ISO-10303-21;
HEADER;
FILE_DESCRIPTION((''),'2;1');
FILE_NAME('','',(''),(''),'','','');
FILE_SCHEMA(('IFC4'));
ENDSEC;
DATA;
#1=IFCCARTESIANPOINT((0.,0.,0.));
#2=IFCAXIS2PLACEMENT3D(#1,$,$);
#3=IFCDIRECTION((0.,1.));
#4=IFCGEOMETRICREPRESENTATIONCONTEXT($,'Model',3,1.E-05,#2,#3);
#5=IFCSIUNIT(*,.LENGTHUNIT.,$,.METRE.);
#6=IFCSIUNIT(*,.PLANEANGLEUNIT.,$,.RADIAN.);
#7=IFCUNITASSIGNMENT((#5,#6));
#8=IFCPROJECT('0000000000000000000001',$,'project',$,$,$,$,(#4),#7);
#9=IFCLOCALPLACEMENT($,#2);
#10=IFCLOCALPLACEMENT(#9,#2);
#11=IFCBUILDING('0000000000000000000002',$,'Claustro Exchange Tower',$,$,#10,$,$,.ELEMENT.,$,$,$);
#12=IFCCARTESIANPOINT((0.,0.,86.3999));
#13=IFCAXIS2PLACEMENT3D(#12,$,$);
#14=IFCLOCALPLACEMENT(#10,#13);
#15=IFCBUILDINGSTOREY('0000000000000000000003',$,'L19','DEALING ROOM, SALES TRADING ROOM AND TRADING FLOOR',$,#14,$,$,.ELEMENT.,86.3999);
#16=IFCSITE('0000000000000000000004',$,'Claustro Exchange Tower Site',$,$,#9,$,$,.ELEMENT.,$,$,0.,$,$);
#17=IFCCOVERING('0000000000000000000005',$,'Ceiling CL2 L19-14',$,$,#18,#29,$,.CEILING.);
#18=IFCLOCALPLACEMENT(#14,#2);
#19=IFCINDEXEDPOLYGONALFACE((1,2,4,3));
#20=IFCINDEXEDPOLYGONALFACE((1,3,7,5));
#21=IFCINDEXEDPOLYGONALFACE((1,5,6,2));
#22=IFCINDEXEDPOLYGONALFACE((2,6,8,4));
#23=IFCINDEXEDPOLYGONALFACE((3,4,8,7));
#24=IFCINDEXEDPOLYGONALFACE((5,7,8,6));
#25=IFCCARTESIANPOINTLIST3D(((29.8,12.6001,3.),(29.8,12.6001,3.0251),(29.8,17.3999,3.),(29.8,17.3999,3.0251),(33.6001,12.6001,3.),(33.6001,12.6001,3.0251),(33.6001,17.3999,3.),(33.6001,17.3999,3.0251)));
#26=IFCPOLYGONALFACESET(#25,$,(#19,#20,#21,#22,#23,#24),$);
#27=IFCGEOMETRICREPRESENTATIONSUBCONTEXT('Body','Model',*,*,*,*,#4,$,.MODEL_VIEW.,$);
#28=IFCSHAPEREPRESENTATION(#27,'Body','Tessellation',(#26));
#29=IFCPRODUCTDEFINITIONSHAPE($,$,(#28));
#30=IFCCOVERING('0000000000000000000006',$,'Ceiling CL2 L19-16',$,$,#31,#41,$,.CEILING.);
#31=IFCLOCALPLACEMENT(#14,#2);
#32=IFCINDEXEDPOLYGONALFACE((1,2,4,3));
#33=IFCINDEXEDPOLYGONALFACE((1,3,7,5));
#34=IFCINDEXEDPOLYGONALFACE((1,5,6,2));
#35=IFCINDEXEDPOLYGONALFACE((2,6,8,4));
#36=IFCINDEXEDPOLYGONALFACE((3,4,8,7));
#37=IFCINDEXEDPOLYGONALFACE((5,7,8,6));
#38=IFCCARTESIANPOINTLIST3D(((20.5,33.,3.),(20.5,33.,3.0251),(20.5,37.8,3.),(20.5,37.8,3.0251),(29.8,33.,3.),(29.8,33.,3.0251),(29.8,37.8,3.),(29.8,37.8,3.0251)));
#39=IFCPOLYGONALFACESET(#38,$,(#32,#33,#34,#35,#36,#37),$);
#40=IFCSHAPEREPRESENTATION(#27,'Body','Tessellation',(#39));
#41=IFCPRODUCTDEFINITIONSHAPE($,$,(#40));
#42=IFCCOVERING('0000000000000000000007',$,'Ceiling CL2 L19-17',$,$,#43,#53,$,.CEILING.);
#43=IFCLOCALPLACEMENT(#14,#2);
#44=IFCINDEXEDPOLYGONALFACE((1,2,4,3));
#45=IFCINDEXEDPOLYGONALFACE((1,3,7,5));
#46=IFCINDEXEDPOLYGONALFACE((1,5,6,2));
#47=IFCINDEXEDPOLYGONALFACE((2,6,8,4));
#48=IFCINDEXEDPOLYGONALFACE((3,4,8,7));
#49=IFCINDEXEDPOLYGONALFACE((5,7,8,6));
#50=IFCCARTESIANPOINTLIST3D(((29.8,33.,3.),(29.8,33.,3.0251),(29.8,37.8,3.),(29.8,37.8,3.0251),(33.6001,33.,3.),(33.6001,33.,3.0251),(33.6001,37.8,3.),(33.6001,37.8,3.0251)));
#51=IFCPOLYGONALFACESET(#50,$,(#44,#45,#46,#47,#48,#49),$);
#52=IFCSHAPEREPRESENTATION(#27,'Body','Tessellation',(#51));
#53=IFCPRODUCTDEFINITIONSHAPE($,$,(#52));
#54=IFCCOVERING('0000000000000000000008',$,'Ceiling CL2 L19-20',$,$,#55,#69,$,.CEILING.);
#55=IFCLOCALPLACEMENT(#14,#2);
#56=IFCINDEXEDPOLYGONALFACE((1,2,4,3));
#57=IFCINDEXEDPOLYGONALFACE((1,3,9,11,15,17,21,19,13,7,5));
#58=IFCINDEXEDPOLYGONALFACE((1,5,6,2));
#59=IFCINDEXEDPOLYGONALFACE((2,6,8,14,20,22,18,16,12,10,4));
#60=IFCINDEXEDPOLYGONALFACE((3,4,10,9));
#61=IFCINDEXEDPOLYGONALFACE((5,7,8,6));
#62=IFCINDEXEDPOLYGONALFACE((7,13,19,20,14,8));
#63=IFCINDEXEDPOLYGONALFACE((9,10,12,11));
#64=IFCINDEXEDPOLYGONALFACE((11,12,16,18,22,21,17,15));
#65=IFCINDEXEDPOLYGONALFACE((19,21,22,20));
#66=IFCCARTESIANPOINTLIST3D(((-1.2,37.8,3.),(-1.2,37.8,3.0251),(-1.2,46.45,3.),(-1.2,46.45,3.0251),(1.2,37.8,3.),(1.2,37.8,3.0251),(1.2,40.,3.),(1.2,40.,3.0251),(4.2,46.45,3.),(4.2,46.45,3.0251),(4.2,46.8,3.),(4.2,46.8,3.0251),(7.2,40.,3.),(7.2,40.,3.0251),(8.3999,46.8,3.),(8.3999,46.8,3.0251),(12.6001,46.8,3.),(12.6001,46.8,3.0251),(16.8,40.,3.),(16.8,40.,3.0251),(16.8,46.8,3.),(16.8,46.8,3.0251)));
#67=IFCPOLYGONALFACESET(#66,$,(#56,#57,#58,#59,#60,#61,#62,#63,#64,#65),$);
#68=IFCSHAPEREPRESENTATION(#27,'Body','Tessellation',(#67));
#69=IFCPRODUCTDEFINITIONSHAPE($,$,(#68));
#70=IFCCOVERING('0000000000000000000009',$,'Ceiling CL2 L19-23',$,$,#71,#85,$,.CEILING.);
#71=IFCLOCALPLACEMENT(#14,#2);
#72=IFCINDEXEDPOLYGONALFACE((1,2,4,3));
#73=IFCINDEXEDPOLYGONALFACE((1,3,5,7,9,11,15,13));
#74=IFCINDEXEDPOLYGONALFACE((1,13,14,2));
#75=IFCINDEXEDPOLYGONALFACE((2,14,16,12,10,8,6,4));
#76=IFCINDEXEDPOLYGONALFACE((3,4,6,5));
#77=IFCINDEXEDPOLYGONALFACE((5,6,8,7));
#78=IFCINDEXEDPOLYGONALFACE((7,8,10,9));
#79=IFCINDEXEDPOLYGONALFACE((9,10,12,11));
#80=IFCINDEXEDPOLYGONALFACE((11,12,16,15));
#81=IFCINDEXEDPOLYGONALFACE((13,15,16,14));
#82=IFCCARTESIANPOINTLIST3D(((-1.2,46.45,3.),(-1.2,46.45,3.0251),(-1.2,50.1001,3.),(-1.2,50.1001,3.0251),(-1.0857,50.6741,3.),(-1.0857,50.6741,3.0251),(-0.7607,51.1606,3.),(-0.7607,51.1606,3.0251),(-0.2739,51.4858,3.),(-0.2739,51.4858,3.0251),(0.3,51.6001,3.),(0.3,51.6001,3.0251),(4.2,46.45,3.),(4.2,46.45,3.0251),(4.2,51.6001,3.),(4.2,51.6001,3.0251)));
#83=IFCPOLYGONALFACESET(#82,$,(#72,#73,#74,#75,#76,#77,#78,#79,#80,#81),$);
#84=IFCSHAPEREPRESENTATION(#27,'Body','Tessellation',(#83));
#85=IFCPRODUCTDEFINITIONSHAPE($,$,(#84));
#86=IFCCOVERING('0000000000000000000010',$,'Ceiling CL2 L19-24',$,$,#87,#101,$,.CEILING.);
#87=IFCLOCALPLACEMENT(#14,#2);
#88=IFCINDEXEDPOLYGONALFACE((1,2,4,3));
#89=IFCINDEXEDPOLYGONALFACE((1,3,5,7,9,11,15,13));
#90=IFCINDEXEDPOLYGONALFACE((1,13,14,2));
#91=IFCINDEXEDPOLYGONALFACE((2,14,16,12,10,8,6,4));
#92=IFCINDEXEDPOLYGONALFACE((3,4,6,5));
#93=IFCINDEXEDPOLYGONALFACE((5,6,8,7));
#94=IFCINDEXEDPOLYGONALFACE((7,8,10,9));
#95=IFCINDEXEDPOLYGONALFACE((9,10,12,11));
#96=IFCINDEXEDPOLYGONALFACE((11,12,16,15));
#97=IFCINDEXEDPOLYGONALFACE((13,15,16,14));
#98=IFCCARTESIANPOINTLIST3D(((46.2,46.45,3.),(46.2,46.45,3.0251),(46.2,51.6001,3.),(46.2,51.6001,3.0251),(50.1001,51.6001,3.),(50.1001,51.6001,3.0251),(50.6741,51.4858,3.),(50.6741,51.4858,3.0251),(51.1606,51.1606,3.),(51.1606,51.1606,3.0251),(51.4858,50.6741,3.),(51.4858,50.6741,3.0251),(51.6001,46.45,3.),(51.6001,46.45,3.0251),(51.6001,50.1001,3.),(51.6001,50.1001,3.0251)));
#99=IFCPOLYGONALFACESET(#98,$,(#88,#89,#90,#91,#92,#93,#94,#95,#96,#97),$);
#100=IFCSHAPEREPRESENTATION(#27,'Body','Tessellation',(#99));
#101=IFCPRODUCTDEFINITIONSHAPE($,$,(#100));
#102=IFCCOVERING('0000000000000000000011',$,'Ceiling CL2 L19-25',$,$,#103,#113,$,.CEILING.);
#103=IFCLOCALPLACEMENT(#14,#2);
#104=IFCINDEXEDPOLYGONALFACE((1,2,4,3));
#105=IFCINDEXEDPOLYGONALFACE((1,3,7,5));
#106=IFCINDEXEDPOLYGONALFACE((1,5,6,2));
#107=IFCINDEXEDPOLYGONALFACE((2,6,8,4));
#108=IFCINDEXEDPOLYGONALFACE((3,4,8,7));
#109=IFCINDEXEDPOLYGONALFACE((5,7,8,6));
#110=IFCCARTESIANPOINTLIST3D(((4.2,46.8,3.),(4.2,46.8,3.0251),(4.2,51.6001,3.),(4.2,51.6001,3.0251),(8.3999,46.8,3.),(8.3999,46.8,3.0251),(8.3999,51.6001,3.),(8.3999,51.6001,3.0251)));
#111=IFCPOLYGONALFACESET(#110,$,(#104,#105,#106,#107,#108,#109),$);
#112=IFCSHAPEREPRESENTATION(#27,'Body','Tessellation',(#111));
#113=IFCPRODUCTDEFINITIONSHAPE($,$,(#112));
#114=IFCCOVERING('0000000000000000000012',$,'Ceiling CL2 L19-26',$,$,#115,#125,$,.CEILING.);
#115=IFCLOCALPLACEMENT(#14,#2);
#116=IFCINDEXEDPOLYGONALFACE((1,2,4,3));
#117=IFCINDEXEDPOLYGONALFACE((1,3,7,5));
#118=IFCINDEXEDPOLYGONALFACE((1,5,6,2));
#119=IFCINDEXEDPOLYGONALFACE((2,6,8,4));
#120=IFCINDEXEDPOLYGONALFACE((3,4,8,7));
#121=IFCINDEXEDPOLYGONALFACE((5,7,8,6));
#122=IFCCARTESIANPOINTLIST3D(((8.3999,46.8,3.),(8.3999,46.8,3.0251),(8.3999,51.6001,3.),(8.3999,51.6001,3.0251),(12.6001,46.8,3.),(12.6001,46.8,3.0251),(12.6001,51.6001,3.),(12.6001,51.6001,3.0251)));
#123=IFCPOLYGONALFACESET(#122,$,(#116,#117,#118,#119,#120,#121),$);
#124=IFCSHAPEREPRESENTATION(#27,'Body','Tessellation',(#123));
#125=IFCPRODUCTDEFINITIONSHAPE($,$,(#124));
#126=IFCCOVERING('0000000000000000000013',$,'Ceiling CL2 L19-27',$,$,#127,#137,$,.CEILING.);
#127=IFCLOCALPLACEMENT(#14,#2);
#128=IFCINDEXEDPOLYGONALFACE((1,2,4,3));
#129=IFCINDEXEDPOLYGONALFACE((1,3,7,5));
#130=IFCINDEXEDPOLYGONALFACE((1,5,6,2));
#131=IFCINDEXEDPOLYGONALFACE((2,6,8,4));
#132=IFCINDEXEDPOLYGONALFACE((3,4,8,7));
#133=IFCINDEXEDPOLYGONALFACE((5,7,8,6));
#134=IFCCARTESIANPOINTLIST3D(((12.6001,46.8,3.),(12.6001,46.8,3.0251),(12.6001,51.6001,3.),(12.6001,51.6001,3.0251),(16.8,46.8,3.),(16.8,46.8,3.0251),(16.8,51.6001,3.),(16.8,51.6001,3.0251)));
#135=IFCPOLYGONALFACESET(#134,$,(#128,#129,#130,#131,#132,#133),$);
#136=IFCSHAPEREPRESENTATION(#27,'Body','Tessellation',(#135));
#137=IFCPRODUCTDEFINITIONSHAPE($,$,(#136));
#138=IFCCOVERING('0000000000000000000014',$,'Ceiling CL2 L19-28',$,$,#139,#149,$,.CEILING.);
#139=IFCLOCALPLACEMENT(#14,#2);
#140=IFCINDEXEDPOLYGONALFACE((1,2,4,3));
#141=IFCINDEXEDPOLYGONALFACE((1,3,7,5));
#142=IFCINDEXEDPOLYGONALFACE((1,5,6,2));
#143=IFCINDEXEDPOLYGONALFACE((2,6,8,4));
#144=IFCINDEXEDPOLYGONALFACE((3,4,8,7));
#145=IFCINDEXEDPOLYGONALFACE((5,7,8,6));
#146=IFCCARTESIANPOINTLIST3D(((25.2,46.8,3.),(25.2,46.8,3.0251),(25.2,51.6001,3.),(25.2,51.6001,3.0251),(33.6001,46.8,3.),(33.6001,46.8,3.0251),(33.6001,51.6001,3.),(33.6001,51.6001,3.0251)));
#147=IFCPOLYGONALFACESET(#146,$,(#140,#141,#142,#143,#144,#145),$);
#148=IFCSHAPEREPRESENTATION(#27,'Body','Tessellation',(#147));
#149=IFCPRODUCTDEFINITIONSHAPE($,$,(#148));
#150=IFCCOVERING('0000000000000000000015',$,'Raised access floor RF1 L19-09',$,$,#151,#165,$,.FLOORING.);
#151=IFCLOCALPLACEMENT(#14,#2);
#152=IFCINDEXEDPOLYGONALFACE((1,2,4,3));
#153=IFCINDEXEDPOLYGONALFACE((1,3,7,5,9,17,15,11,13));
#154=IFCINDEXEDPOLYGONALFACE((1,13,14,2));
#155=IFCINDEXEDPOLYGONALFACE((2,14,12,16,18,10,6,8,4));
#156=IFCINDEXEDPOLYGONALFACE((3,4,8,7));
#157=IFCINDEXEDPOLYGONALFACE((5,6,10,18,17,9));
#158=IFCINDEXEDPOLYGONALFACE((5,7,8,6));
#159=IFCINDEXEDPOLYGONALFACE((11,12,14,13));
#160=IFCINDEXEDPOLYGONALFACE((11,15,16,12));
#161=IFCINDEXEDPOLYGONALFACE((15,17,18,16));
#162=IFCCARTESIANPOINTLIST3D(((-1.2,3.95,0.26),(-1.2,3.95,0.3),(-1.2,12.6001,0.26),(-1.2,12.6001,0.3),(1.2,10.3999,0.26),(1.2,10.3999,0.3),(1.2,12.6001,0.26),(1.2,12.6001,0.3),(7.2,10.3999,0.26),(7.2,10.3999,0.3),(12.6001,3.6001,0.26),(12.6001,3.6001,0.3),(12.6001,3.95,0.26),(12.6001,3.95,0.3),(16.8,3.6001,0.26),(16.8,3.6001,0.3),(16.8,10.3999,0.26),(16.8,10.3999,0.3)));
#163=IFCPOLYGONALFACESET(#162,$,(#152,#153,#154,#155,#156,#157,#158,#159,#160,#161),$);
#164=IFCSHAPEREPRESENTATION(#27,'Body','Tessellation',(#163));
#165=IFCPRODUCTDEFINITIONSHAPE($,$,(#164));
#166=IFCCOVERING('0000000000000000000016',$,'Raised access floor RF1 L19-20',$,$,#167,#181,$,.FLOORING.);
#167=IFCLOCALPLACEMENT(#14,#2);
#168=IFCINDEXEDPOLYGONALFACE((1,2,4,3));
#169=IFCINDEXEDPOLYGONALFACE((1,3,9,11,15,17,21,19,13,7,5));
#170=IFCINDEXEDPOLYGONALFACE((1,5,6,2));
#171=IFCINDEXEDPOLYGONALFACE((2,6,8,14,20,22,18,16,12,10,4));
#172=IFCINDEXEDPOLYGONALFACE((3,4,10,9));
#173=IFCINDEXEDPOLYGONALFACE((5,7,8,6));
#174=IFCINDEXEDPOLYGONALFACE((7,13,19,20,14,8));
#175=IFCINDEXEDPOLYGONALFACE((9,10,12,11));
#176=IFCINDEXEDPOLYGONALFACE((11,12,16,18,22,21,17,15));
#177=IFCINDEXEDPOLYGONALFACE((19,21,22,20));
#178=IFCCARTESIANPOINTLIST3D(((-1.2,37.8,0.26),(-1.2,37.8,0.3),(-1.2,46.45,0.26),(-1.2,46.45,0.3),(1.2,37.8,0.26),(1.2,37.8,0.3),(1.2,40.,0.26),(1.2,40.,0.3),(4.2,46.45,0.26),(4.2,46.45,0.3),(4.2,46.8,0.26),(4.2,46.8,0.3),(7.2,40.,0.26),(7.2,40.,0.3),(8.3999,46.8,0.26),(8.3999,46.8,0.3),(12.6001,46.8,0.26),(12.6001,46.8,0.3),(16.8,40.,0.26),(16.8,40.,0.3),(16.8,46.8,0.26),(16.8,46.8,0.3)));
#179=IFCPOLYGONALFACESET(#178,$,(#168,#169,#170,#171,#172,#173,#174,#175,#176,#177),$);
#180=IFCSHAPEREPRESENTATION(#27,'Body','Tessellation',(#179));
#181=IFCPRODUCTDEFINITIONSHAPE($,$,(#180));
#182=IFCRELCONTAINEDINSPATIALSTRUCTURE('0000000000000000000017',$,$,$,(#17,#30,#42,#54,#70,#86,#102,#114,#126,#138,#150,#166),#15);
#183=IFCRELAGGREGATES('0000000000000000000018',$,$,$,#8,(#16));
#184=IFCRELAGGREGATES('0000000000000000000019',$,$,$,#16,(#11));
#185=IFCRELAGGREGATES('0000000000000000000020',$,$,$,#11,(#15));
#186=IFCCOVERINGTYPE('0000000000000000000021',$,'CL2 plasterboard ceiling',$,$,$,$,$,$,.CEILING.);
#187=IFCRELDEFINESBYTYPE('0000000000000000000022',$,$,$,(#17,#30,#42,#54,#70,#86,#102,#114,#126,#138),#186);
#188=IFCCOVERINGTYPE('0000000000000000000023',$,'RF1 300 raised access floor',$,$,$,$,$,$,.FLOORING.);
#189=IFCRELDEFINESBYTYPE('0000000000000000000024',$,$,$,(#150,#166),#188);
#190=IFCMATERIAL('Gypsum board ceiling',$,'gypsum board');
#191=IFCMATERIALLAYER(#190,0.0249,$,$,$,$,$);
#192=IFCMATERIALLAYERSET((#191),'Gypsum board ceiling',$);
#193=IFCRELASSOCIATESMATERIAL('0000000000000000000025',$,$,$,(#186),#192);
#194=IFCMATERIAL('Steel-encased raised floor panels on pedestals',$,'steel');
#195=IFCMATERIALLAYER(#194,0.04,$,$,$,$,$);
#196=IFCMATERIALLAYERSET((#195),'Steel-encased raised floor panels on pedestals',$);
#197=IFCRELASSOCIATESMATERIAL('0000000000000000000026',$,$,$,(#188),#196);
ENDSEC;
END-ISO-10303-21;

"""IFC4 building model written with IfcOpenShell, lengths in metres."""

from ifc_helpers import new_model, si_unit, direction, frame, origin, place, context, subcontext, project, spatial, polyline, outline, extrude, material, layer, layer_set, type_object, element, save


model = new_model("IFC4")

# Units and contexts
model_context = context("Model", 3, precision=1e-05, world=origin(), true_north=direction((0.0, 1.0)))
body_context = subcontext(model_context, "Body", "Model", "MODEL_VIEW")
ifc_project = project(units=[si_unit("LENGTHUNIT", "METRE"), si_unit("PLANEANGLEUNIT", "RADIAN")], contexts=[model_context])

# Site, building, storey
site_placement = place(None, origin())
site = spatial("IfcSite", under=ifc_project, at=site_placement, Name="Claustro Exchange Tower Site", CompositionType="ELEMENT", RefElevation=0.0)
building_placement = place(site_placement, origin())
building = spatial("IfcBuilding", under=site, at=building_placement, Name="Claustro Exchange Tower", CompositionType="ELEMENT")
storey_placement = place(building_placement, frame((0.0, 0.0, 86.3999)))
storey = spatial("IfcBuildingStorey", under=building, at=storey_placement, Name="L19", Description="DEALING ROOM, SALES TRADING ROOM AND TRADING FLOOR", CompositionType="ELEMENT", Elevation=86.3999)

# Coverings
ifc_material_1 = material(Name="Gypsum board ceiling", Category="gypsum board")
ifc_layer_1 = layer(ifc_material_1, 0.0249)
ifc_layer_set_1 = layer_set([ifc_layer_1], Name="Gypsum board ceiling")
covering_type_1 = type_object("IfcCoveringType", Name="CL2 plasterboard ceiling", PredefinedType="CEILING", material=ifc_layer_set_1)
covering_1_placement = place(storey_placement, frame((0.0, 0.0, 3.0)))
element("IfcCovering", 1, at=covering_1_placement, inside=storey, type_object=covering_type_1, Name="Ceiling CL2 L19-14", PredefinedType="CEILING", context=body_context, shape_type="SweptSolid", body=[
    extrude(outline(polyline([(33.6001, 17.3999), (29.8, 17.3999), (29.8, 12.6001), (33.6001, 12.6001), (33.6001, 17.3999)])), origin(), (0.0, 0.0, 1.0), 0.0251),
])
covering_2_placement = place(storey_placement, frame((0.0, 0.0, 3.0)))
element("IfcCovering", 2, at=covering_2_placement, inside=storey, type_object=covering_type_1, Name="Ceiling CL2 L19-16", PredefinedType="CEILING", context=body_context, shape_type="SweptSolid", body=[
    extrude(outline(polyline([(20.5, 33.0), (29.8, 33.0), (29.8, 37.8), (20.5, 37.8), (20.5, 33.0)])), origin(), (0.0, 0.0, 1.0), 0.0251),
])
covering_3_placement = place(storey_placement, frame((0.0, 0.0, 3.0)))
element("IfcCovering", 3, at=covering_3_placement, inside=storey, type_object=covering_type_1, Name="Ceiling CL2 L19-17", PredefinedType="CEILING", context=body_context, shape_type="SweptSolid", body=[
    extrude(outline(polyline([(33.6001, 33.0), (33.6001, 37.8), (29.8, 37.8), (29.8, 33.0), (33.6001, 33.0)])), origin(), (0.0, 0.0, 1.0), 0.0251),
])
covering_4_placement = place(storey_placement, frame((0.0, 0.0, 3.0)))
element("IfcCovering", 4, at=covering_4_placement, inside=storey, type_object=covering_type_1, Name="Ceiling CL2 L19-20", PredefinedType="CEILING", context=body_context, shape_type="SweptSolid", body=[
    extrude(outline(polyline([(-1.2, 46.45), (-1.2, 37.8), (1.2, 37.8), (1.2, 40.0), (7.2, 40.0), (16.8, 40.0), (16.8, 46.8), (12.6001, 46.8), (8.3999, 46.8), (4.2, 46.8), (4.2, 46.45), (-1.2, 46.45)])), origin(), (0.0, 0.0, 1.0), 0.0251),
])
covering_5_placement = place(storey_placement, frame((0.0, 0.0, 3.0)))
element("IfcCovering", 5, at=covering_5_placement, inside=storey, type_object=covering_type_1, Name="Ceiling CL2 L19-23", PredefinedType="CEILING", context=body_context, shape_type="SweptSolid", body=[
    extrude(outline(polyline([(-1.2, 50.1001), (-1.2, 46.45), (4.2, 46.45), (4.2, 51.6001), (0.3, 51.6001), (-0.2739, 51.4858), (-0.7607, 51.1606), (-1.0857, 50.6741), (-1.2, 50.1001)])), origin(), (0.0, 0.0, 1.0), 0.0251),
])
covering_6_placement = place(storey_placement, frame((0.0, 0.0, 3.0)))
element("IfcCovering", 6, at=covering_6_placement, inside=storey, type_object=covering_type_1, Name="Ceiling CL2 L19-24", PredefinedType="CEILING", context=body_context, shape_type="SweptSolid", body=[
    extrude(outline(polyline([(50.1001, 51.6001), (46.2, 51.6001), (46.2, 46.45), (51.6001, 46.45), (51.6001, 50.1001), (51.4858, 50.6741), (51.1606, 51.1606), (50.6741, 51.4858), (50.1001, 51.6001)])), origin(), (0.0, 0.0, 1.0), 0.0251),
])
covering_7_placement = place(storey_placement, frame((0.0, 0.0, 3.0)))
element("IfcCovering", 7, at=covering_7_placement, inside=storey, type_object=covering_type_1, Name="Ceiling CL2 L19-25", PredefinedType="CEILING", context=body_context, shape_type="SweptSolid", body=[
    extrude(outline(polyline([(8.3999, 51.6001), (4.2, 51.6001), (4.2, 46.8), (8.3999, 46.8), (8.3999, 51.6001)])), origin(), (0.0, 0.0, 1.0), 0.0251),
])
covering_8_placement = place(storey_placement, frame((0.0, 0.0, 3.0)))
element("IfcCovering", 8, at=covering_8_placement, inside=storey, type_object=covering_type_1, Name="Ceiling CL2 L19-26", PredefinedType="CEILING", context=body_context, shape_type="SweptSolid", body=[
    extrude(outline(polyline([(12.6001, 51.6001), (8.3999, 51.6001), (8.3999, 46.8), (12.6001, 46.8), (12.6001, 51.6001)])), origin(), (0.0, 0.0, 1.0), 0.0251),
])
covering_9_placement = place(storey_placement, frame((0.0, 0.0, 3.0)))
element("IfcCovering", 9, at=covering_9_placement, inside=storey, type_object=covering_type_1, Name="Ceiling CL2 L19-27", PredefinedType="CEILING", context=body_context, shape_type="SweptSolid", body=[
    extrude(outline(polyline([(16.8, 51.6001), (12.6001, 51.6001), (12.6001, 46.8), (16.8, 46.8), (16.8, 51.6001)])), origin(), (0.0, 0.0, 1.0), 0.0251),
])
covering_10_placement = place(storey_placement, frame((0.0, 0.0, 3.0)))
element("IfcCovering", 10, at=covering_10_placement, inside=storey, type_object=covering_type_1, Name="Ceiling CL2 L19-28", PredefinedType="CEILING", context=body_context, shape_type="SweptSolid", body=[
    extrude(outline(polyline([(33.6001, 51.6001), (25.2, 51.6001), (25.2, 46.8), (33.6001, 46.8), (33.6001, 51.6001)])), origin(), (0.0, 0.0, 1.0), 0.0251),
])
ifc_material_2 = material(Name="Steel-encased raised floor panels on pedestals", Category="steel")
ifc_layer_2 = layer(ifc_material_2, 0.04)
ifc_layer_set_2 = layer_set([ifc_layer_2], Name="Steel-encased raised floor panels on pedestals")
covering_type_2 = type_object("IfcCoveringType", Name="RF1 300 raised access floor", PredefinedType="FLOORING", material=ifc_layer_set_2)
covering_11_placement = place(storey_placement, frame((0.0, 0.0, 0.26)))
element("IfcCovering", 11, at=covering_11_placement, inside=storey, type_object=covering_type_2, Name="Raised access floor RF1 L19-09", PredefinedType="FLOORING", context=body_context, shape_type="SweptSolid", body=[
    extrude(outline(polyline([(-1.2, 12.6001), (-1.2, 3.95), (12.6001, 3.95), (12.6001, 3.6001), (16.8, 3.6001), (16.8, 10.3999), (7.2, 10.3999), (1.2, 10.3999), (1.2, 12.6001), (-1.2, 12.6001)])), origin(), (0.0, 0.0, 1.0), 0.04),
])
covering_12_placement = place(storey_placement, frame((0.0, 0.0, 0.26)))
element("IfcCovering", 12, at=covering_12_placement, inside=storey, type_object=covering_type_2, Name="Raised access floor RF1 L19-20", PredefinedType="FLOORING", context=body_context, shape_type="SweptSolid", body=[
    extrude(outline(polyline([(-1.2, 46.45), (-1.2, 37.8), (1.2, 37.8), (1.2, 40.0), (7.2, 40.0), (16.8, 40.0), (16.8, 46.8), (12.6001, 46.8), (8.3999, 46.8), (4.2, 46.8), (4.2, 46.45), (-1.2, 46.45)])), origin(), (0.0, 0.0, 1.0), 0.04),
])

save(model, "model.ifc")
